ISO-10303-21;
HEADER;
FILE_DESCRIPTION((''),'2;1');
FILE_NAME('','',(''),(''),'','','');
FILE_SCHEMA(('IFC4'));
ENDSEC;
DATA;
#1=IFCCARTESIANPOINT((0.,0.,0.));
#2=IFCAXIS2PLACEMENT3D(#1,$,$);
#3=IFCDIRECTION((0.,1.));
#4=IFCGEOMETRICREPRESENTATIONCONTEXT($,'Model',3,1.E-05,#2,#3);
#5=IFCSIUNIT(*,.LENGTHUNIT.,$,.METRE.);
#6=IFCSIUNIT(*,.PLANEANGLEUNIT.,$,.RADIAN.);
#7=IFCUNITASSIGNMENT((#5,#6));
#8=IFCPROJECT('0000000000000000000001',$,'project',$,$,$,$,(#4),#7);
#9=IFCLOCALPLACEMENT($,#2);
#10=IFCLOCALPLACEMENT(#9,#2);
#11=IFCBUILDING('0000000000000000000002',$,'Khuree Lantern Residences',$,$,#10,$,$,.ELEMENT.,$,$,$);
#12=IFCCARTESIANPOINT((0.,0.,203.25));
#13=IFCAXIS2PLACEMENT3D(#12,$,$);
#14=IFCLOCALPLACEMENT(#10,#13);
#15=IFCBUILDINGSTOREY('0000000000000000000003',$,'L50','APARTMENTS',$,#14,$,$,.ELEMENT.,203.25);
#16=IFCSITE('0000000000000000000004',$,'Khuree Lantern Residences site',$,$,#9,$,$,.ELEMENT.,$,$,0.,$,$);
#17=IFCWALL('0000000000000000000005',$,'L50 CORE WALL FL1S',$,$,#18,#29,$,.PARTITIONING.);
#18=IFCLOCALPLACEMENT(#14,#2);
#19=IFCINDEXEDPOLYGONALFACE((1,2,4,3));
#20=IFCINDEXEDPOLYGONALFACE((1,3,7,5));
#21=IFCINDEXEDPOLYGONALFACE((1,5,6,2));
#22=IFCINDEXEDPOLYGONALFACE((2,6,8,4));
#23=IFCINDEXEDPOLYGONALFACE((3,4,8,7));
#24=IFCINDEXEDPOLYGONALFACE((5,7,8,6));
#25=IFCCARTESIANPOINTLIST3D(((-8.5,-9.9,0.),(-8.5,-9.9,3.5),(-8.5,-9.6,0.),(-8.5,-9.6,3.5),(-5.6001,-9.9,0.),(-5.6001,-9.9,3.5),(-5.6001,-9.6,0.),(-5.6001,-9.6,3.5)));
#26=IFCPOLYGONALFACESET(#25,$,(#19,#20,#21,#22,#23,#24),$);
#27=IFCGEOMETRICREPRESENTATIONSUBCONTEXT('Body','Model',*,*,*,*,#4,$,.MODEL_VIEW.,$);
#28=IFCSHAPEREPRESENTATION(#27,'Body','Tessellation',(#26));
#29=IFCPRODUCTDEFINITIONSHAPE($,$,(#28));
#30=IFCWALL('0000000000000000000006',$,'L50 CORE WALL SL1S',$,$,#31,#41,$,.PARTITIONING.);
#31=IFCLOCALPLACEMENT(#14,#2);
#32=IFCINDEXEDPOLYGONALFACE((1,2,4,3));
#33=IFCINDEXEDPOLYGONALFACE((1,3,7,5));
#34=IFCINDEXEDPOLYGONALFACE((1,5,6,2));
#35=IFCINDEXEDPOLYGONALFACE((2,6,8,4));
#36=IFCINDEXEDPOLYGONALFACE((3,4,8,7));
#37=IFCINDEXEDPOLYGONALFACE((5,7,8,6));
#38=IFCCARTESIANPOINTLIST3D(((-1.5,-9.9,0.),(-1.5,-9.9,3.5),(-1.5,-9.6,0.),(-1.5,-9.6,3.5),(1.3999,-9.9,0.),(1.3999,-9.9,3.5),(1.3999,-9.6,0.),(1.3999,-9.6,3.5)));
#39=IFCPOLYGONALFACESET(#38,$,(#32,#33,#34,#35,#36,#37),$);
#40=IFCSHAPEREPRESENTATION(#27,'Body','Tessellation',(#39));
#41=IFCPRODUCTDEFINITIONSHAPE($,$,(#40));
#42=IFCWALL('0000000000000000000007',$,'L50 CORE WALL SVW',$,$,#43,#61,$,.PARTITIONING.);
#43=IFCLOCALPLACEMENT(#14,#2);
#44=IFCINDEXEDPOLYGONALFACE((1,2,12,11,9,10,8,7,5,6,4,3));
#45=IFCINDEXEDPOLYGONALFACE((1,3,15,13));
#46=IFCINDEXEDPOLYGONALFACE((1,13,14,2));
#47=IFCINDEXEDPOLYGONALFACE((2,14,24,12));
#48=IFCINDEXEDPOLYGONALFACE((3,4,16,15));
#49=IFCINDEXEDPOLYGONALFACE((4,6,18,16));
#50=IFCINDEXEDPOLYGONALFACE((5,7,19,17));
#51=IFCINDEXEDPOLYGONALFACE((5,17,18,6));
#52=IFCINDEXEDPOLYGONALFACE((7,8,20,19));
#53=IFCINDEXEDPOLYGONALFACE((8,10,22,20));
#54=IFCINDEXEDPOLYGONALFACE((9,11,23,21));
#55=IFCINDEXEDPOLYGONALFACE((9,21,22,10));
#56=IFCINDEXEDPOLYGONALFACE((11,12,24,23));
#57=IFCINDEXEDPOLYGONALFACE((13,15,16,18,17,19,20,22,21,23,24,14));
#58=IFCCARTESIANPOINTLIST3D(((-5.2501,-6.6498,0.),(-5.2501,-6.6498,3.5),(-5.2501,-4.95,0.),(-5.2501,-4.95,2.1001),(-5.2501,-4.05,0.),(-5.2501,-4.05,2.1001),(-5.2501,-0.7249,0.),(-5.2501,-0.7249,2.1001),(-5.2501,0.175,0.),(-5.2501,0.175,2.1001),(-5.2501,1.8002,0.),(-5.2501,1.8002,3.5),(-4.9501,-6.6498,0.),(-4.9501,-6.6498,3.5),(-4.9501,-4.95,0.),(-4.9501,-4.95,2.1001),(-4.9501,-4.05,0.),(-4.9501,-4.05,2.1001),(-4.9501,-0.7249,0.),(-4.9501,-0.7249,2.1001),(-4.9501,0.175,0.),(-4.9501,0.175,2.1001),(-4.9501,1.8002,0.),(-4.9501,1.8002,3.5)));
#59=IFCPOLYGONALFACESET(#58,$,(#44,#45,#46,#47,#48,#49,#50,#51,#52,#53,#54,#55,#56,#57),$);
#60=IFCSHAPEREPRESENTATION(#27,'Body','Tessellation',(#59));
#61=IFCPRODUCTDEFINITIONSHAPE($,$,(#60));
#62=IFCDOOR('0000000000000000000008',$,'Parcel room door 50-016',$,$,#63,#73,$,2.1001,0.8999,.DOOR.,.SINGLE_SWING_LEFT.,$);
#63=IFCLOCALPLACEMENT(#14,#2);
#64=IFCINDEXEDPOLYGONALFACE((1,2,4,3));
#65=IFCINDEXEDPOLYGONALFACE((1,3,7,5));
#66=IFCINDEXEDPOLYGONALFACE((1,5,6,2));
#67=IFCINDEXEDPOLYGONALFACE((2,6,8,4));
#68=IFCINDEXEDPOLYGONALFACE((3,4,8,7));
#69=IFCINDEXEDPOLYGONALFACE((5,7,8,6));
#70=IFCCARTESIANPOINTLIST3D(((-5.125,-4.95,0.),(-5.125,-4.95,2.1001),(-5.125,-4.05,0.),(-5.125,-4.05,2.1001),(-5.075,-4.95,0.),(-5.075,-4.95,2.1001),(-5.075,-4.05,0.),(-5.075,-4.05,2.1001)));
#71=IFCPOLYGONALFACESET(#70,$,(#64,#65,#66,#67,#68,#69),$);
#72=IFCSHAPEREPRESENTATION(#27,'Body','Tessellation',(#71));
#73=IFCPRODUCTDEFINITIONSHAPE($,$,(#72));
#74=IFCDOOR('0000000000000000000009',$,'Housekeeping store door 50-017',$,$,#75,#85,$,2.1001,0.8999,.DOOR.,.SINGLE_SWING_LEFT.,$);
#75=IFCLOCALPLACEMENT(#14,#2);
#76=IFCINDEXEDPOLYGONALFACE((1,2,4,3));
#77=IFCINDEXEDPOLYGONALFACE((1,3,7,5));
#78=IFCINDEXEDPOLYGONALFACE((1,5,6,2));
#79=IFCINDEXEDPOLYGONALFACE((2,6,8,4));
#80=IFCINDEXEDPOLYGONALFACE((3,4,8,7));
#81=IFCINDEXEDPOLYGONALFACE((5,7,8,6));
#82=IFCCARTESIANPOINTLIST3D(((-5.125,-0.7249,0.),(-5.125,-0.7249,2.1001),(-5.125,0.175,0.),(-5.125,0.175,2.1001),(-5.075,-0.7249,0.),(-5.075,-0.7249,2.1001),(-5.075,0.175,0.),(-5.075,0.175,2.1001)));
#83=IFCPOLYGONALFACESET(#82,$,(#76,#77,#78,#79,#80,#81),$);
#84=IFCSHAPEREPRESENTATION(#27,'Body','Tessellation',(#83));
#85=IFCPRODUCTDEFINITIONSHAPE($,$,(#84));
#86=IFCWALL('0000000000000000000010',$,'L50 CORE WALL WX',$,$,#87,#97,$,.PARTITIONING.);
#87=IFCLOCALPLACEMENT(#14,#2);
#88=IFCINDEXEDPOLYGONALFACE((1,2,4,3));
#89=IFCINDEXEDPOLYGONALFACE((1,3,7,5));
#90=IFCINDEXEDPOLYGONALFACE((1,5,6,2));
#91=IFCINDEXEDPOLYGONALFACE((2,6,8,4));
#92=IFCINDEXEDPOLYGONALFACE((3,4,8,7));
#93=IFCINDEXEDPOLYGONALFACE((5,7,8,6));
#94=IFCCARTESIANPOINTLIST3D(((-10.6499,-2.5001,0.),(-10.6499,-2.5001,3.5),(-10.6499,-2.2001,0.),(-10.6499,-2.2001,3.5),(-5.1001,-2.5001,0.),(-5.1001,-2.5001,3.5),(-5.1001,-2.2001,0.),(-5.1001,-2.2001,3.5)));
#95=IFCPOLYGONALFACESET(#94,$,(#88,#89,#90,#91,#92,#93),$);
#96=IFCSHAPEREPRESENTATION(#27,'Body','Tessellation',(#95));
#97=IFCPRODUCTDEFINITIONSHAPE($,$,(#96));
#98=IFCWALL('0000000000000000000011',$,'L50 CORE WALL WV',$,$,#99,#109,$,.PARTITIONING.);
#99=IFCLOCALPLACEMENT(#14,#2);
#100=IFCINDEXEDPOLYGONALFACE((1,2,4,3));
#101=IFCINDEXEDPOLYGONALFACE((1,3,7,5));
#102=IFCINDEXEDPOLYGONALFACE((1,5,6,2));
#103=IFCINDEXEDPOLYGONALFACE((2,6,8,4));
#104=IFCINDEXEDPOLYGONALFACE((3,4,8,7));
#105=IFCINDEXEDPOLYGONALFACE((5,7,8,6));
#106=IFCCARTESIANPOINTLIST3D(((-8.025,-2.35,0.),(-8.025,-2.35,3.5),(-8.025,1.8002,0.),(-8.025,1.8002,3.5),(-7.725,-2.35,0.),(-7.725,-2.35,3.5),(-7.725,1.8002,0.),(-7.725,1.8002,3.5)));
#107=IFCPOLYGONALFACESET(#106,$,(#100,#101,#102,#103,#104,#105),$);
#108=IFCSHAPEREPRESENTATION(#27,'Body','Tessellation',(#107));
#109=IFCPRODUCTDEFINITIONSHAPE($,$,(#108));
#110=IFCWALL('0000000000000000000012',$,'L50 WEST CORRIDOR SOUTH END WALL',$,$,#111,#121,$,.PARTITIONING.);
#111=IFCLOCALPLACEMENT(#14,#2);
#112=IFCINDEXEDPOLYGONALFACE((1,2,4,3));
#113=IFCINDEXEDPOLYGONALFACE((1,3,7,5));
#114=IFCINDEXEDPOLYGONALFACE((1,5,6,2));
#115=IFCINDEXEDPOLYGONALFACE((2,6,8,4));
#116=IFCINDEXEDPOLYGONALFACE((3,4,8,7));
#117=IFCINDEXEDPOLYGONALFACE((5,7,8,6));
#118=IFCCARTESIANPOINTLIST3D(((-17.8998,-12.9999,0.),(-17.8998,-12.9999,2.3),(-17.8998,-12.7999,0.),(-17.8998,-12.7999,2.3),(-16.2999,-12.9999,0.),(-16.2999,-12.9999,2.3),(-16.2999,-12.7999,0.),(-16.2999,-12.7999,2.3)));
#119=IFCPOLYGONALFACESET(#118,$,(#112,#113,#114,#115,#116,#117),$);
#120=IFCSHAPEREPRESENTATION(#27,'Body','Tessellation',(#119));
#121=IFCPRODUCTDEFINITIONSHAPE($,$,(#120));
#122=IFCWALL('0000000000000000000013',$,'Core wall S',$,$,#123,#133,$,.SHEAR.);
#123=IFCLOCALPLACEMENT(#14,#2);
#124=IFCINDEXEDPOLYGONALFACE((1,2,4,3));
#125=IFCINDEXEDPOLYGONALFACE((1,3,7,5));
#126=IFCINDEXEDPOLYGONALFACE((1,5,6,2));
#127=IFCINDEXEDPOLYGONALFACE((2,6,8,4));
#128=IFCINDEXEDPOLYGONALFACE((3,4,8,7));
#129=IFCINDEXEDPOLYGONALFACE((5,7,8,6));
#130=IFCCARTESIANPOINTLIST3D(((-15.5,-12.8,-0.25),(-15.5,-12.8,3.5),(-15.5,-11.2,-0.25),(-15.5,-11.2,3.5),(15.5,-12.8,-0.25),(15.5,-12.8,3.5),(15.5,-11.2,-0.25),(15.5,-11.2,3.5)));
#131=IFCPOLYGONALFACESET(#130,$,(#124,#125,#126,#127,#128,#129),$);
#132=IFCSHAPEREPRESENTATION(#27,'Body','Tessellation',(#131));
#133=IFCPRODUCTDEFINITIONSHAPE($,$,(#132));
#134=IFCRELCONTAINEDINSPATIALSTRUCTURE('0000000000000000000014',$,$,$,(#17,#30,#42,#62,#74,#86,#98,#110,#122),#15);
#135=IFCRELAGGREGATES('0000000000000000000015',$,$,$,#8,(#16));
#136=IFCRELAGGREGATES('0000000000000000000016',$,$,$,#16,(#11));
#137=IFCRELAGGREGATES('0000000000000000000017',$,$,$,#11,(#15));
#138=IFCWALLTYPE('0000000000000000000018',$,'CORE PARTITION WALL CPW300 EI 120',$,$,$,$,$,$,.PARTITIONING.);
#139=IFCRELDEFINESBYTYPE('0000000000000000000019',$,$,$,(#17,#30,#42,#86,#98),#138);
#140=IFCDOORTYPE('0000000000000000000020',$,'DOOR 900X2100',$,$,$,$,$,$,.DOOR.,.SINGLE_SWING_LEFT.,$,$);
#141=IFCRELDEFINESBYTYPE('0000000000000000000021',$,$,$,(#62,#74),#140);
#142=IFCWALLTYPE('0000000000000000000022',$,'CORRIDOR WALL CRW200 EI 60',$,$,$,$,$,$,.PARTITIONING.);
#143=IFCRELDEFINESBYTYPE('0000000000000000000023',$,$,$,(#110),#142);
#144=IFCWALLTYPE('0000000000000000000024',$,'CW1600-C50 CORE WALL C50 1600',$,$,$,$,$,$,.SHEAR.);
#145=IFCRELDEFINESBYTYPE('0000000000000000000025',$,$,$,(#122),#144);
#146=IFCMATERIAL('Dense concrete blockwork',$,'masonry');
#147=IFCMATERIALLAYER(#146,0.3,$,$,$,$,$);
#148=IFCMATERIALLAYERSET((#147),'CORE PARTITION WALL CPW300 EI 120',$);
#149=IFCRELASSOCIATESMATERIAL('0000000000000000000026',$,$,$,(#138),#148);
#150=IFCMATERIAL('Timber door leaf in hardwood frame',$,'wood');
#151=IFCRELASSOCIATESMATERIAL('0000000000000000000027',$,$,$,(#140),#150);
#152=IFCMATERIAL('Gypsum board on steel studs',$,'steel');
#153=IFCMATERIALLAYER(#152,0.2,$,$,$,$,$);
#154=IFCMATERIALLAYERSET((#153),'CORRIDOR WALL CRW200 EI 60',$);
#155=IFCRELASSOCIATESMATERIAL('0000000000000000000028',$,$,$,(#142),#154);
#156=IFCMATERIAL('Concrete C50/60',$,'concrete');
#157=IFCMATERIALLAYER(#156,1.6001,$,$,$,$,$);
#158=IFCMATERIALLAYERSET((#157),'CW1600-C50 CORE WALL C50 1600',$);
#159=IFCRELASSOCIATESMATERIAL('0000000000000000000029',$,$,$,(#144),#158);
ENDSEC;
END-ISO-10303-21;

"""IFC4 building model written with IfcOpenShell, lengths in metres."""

from ifc_helpers import new_model, si_unit, direction, frame, frame_2d, origin, place, context, subcontext, project, spatial, rectangle, extrude, material, layer, layer_set, type_object, element, fill, save


model = new_model("IFC4")

# Units and contexts
model_context = context("Model", 3, precision=1e-05, world=origin(), true_north=direction((0.0, 1.0)))
body_context = subcontext(model_context, "Body", "Model", "MODEL_VIEW")
ifc_project = project(units=[si_unit("LENGTHUNIT", "METRE"), si_unit("PLANEANGLEUNIT", "RADIAN")], contexts=[model_context])

# Site, building, storey
site_placement = place(None, origin())
site = spatial("IfcSite", under=ifc_project, at=site_placement, Name="Khuree Lantern Residences site", CompositionType="ELEMENT", RefElevation=0.0)
building_placement = place(site_placement, origin())
building = spatial("IfcBuilding", under=site, at=building_placement, Name="Khuree Lantern Residences", CompositionType="ELEMENT")
storey_placement = place(building_placement, frame((0.0, 0.0, 203.25)))
storey = spatial("IfcBuildingStorey", under=building, at=storey_placement, Name="L50", Description="APARTMENTS", CompositionType="ELEMENT", Elevation=203.25)

# Shared definitions
ifc_material_1 = material(Name="Concrete C50/60", Category="concrete")

# Shared definitions
ifc_material_2 = material(Name="Dense concrete blockwork", Category="masonry")
ifc_layer_1 = layer(ifc_material_2, 0.3)
ifc_layer_set_1 = layer_set([ifc_layer_1], Name="CORE PARTITION WALL CPW300 EI 120")
wall_type_1 = type_object("IfcWallType", Name="CORE PARTITION WALL CPW300 EI 120", PredefinedType="PARTITIONING", material=ifc_layer_set_1)

# Walls
for number, where, z_axis, x_axis, name in (
    (1, (-8.5, -9.75, 0.0), (0.0, 0.0, 1.0), (1.0, 0.0, 0.0), "L50 CORE WALL FL1S"),
    (2, (-1.5, -9.75, 0.0), (0.0, 0.0, 1.0), (1.0, 0.0, 0.0), "L50 CORE WALL SL1S"),
):
    element("IfcWall", number, at=place(storey_placement, frame(where, z_axis=z_axis, x_axis=x_axis)), inside=storey, type_object=wall_type_1, Name=name, PredefinedType="PARTITIONING", context=body_context, shape_type="SweptSolid", body=[
        extrude(rectangle(XDim=2.8999, YDim=0.3, at=frame_2d((1.45, 0.0))), origin(), (0.0, 0.0, 1.0), 3.5),
    ])

# Wall, openings, doors
wall_1_placement = place(storey_placement, frame((-5.1001, -6.6499, 0.0), z_axis=(0.0, 0.0, 1.0), x_axis=(0.0, 1.0, 0.0)))
wall_1 = element("IfcWall", 3, at=wall_1_placement, inside=storey, type_object=wall_type_1, Name="L50 CORE WALL SVW", PredefinedType="PARTITIONING", context=body_context, shape_type="SweptSolid", body=[
    extrude(rectangle(XDim=8.45, YDim=0.3, at=frame_2d((4.2251, 0.0))), origin(), (0.0, 0.0, 1.0), 3.5),
])
opening_1_placement = place(wall_1_placement, frame((1.7, 0.0, 0.0)))
opening_1 = element("IfcOpeningElement", 4, at=opening_1_placement, cuts=wall_1, PredefinedType="OPENING", context=body_context, shape_type="SweptSolid", body=[
    extrude(rectangle(XDim=0.8999, YDim=2.1001, at=frame_2d((0.45, 1.05))), frame((0.0, 0.1602, 0.0), z_axis=(0.0, -1.0, 0.0), x_axis=(1.0, 0.0, 0.0)), (0.0, 0.0, 1.0), 0.3201),
])
opening_2_placement = place(wall_1_placement, frame((5.925, 0.0, 0.0)))
opening_2 = element("IfcOpeningElement", 5, at=opening_2_placement, cuts=wall_1, PredefinedType="OPENING", context=body_context, shape_type="SweptSolid", body=[
    extrude(rectangle(XDim=0.8999, YDim=2.1001, at=frame_2d((0.45, 1.05))), frame((0.0, 0.1602, 0.0), z_axis=(0.0, -1.0, 0.0), x_axis=(1.0, 0.0, 0.0)), (0.0, 0.0, 1.0), 0.3201),
])
ifc_material_3 = material(Name="Timber door leaf in hardwood frame", Category="wood")
door_type_1 = type_object("IfcDoorType", Name="DOOR 900X2100", OperationType="SINGLE_SWING_LEFT", PredefinedType="DOOR", material=ifc_material_3)
door_1_placement = place(opening_1_placement, origin())
door_1 = element("IfcDoor", 6, at=door_1_placement, inside=storey, type_object=door_type_1, Name="Parcel room door 50-016", OperationType="SINGLE_SWING_LEFT", OverallHeight=2.1001, OverallWidth=0.8999, PredefinedType="DOOR", context=body_context, shape_type="SweptSolid", body=[
    extrude(rectangle(XDim=0.8999, YDim=2.1001, at=frame_2d((0.45, 1.05))), frame((0.0, 0.0249, 0.0), z_axis=(0.0, -1.0, 0.0), x_axis=(1.0, 0.0, 0.0)), (0.0, 0.0, 1.0), 0.05),
])
fill(opening_1, door_1)
door_2_placement = place(opening_2_placement, origin())
door_2 = element("IfcDoor", 7, at=door_2_placement, inside=storey, type_object=door_type_1, Name="Housekeeping store door 50-017", OperationType="SINGLE_SWING_LEFT", OverallHeight=2.1001, OverallWidth=0.8999, PredefinedType="DOOR", context=body_context, shape_type="SweptSolid", body=[
    extrude(rectangle(XDim=0.8999, YDim=2.1001, at=frame_2d((0.45, 1.05))), frame((0.0, 0.0249, 0.0), z_axis=(0.0, -1.0, 0.0), x_axis=(1.0, 0.0, 0.0)), (0.0, 0.0, 1.0), 0.05),
])
fill(opening_2, door_2)

# Walls
wall_2_placement = place(storey_placement, frame((-10.6499, -2.3501, 0.0), z_axis=(0.0, 0.0, 1.0), x_axis=(1.0, 0.0, 0.0)))
element("IfcWall", 8, at=wall_2_placement, inside=storey, type_object=wall_type_1, Name="L50 CORE WALL WX", PredefinedType="PARTITIONING", context=body_context, shape_type="SweptSolid", body=[
    extrude(rectangle(XDim=5.5498, YDim=0.3, at=frame_2d((2.7749, 0.0))), origin(), (0.0, 0.0, 1.0), 3.5),
])
wall_3_placement = place(storey_placement, frame((-7.875, -2.3501, 0.0), z_axis=(0.0, 0.0, 1.0), x_axis=(0.0, 1.0, 0.0)))
element("IfcWall", 9, at=wall_3_placement, inside=storey, type_object=wall_type_1, Name="L50 CORE WALL WV", PredefinedType="PARTITIONING", context=body_context, shape_type="SweptSolid", body=[
    extrude(rectangle(XDim=4.1501, YDim=0.3, at=frame_2d((2.0752, 0.0))), origin(), (0.0, 0.0, 1.0), 3.5),
])
ifc_material_4 = material(Name="Gypsum board on steel studs", Category="steel")
ifc_layer_2 = layer(ifc_material_4, 0.2)
ifc_layer_set_2 = layer_set([ifc_layer_2], Name="CORRIDOR WALL CRW200 EI 60")
wall_type_2 = type_object("IfcWallType", Name="CORRIDOR WALL CRW200 EI 60", PredefinedType="PARTITIONING", material=ifc_layer_set_2)
wall_4_placement = place(storey_placement, frame((-16.3, -12.8999, 0.0), z_axis=(0.0, 0.0, 1.0), x_axis=(-1.0, 0.0, 0.0)))
element("IfcWall", 10, at=wall_4_placement, inside=storey, type_object=wall_type_2, Name="L50 WEST CORRIDOR SOUTH END WALL", PredefinedType="PARTITIONING", context=body_context, shape_type="SweptSolid", body=[
    extrude(rectangle(XDim=1.5999, YDim=0.2, at=frame_2d((0.7998, 0.0))), origin(), (0.0, 0.0, 1.0), 2.3),
])
ifc_layer_3 = layer(ifc_material_1, 1.6001)
ifc_layer_set_3 = layer_set([ifc_layer_3], Name="CW1600-C50 CORE WALL C50 1600")
wall_type_3 = type_object("IfcWallType", Name="CW1600-C50 CORE WALL C50 1600", PredefinedType="SHEAR", material=ifc_layer_set_3)
wall_5_placement = place(storey_placement, frame((-15.5, -12.0, -0.25), z_axis=(0.0, 0.0, 1.0), x_axis=(1.0, 0.0, 0.0)))
element("IfcWall", 11, at=wall_5_placement, inside=storey, type_object=wall_type_3, Name="Core wall S", PredefinedType="SHEAR", context=body_context, shape_type="SweptSolid", body=[
    extrude(rectangle(XDim=31.0, YDim=1.6001, at=frame_2d((15.5, 0.0))), origin(), (0.0, 0.0, 1.0), 3.75),
])

save(model, "model.ifc")
